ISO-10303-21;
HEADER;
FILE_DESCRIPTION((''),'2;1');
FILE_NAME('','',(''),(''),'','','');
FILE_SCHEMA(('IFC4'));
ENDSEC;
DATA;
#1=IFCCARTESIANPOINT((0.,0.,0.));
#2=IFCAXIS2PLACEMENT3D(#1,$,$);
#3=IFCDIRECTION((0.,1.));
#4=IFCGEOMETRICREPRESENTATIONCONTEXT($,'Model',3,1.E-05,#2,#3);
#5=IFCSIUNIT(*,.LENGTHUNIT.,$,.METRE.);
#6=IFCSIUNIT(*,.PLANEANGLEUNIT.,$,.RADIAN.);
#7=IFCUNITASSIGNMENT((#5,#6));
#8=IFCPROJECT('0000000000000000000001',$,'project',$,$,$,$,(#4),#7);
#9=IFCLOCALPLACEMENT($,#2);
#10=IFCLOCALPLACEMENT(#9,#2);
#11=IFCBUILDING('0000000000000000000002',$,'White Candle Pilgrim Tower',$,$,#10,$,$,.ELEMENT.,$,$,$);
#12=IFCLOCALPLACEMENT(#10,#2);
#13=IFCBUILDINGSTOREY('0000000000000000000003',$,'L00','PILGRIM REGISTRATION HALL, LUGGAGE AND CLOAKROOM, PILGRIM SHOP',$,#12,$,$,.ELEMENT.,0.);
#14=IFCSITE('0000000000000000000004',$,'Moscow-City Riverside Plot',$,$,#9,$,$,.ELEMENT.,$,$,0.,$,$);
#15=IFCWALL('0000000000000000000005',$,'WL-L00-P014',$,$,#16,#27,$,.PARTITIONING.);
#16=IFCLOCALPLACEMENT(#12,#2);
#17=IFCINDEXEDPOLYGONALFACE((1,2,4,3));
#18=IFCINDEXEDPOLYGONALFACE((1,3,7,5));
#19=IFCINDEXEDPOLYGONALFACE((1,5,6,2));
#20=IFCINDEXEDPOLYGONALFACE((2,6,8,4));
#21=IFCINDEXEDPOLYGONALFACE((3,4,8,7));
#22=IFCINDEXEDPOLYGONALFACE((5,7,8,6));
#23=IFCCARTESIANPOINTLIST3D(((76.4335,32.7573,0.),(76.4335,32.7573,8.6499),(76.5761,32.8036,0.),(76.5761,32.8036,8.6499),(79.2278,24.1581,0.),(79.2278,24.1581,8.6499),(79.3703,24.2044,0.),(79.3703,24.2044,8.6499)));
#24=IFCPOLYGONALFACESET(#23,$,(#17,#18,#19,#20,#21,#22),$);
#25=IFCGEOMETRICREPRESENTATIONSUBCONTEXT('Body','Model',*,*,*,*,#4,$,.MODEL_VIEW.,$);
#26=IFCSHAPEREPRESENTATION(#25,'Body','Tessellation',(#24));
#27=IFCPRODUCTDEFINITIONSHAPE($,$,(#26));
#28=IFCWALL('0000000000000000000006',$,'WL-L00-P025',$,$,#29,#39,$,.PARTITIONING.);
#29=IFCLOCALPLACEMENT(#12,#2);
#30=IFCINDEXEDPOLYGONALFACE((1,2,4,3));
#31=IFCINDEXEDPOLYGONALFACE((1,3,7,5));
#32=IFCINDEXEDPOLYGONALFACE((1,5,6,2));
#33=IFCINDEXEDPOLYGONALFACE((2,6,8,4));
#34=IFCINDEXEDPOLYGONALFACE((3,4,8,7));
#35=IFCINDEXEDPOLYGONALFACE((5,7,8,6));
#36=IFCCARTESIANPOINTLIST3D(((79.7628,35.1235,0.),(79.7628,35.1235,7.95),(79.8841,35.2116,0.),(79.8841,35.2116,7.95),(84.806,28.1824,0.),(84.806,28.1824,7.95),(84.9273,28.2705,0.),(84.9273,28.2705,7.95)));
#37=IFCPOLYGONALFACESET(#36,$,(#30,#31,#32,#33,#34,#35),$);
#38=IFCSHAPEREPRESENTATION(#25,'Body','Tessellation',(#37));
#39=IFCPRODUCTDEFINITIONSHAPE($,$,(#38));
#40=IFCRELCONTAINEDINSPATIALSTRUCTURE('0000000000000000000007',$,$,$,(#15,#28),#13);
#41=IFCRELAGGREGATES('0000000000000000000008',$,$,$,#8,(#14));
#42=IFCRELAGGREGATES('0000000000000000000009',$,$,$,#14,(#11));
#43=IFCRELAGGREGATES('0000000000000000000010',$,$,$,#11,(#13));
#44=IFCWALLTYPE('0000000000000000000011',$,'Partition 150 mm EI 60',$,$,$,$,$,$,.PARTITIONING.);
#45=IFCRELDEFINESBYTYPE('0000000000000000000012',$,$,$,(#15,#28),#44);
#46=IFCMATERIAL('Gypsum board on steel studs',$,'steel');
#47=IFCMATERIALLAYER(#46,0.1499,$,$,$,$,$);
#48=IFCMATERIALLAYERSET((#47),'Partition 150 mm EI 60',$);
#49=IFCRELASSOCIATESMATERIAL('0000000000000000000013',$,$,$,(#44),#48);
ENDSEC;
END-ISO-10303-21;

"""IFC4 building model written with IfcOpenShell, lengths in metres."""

from ifc_helpers import new_model, si_unit, direction, frame, frame_2d, origin, place, context, subcontext, project, spatial, rectangle, extrude, material, layer, layer_set, type_object, element, save


model = new_model("IFC4")

# Units and contexts
model_context = context("Model", 3, precision=1e-05, world=origin(), true_north=direction((0.0, 1.0)))
body_context = subcontext(model_context, "Body", "Model", "MODEL_VIEW")
ifc_project = project(units=[si_unit("LENGTHUNIT", "METRE"), si_unit("PLANEANGLEUNIT", "RADIAN")], contexts=[model_context])

# Site, building, storey
site_placement = place(None, origin())
site = spatial("IfcSite", under=ifc_project, at=site_placement, Name="Moscow-City Riverside Plot", CompositionType="ELEMENT", RefElevation=0.0)
building_placement = place(site_placement, origin())
building = spatial("IfcBuilding", under=site, at=building_placement, Name="White Candle Pilgrim Tower", CompositionType="ELEMENT")
storey_placement = place(building_placement, origin())
storey = spatial("IfcBuildingStorey", under=building, at=storey_placement, Name="L00", Description="PILGRIM REGISTRATION HALL, LUGGAGE AND CLOAKROOM, PILGRIM SHOP", CompositionType="ELEMENT", Elevation=0.0)

# Walls
ifc_material_1 = material(Name="Gypsum board on steel studs", Category="steel")
ifc_layer_1 = layer(ifc_material_1, 0.1499)
ifc_layer_set_1 = layer_set([ifc_layer_1], Name="Partition 150 mm EI 60")
wall_type_1 = type_object("IfcWallType", Name="Partition 150 mm EI 60", PredefinedType="PARTITIONING", material=ifc_layer_set_1)
wall_1_placement = place(storey_placement, frame((79.2991, 24.1812, 0.0), z_axis=(0.0, 0.0, 1.0), x_axis=(-0.309034, 0.951051, 0.0)))
element("IfcWall", 1, at=wall_1_placement, inside=storey, type_object=wall_type_1, Name="WL-L00-P014", PredefinedType="PARTITIONING", context=body_context, shape_type="SweptSolid", body=[
    extrude(rectangle(XDim=9.0417, YDim=0.1499, at=frame_2d((4.521, 0.0))), origin(), (0.0, 0.0, 1.0), 8.6499),
])
wall_2_placement = place(storey_placement, frame((84.8667, 28.2263, 0.0), z_axis=(0.0, 0.0, 1.0), x_axis=(-0.587798, 0.809008, 0.0)))
element("IfcWall", 2, at=wall_2_placement, inside=storey, type_object=wall_type_1, Name="WL-L00-P025", PredefinedType="PARTITIONING", context=body_context, shape_type="SweptSolid", body=[
    extrude(rectangle(XDim=8.5798, YDim=0.1499, at=frame_2d((4.29, 0.0))), origin(), (0.0, 0.0, 1.0), 7.95),
])

save(model, "model.ifc")
